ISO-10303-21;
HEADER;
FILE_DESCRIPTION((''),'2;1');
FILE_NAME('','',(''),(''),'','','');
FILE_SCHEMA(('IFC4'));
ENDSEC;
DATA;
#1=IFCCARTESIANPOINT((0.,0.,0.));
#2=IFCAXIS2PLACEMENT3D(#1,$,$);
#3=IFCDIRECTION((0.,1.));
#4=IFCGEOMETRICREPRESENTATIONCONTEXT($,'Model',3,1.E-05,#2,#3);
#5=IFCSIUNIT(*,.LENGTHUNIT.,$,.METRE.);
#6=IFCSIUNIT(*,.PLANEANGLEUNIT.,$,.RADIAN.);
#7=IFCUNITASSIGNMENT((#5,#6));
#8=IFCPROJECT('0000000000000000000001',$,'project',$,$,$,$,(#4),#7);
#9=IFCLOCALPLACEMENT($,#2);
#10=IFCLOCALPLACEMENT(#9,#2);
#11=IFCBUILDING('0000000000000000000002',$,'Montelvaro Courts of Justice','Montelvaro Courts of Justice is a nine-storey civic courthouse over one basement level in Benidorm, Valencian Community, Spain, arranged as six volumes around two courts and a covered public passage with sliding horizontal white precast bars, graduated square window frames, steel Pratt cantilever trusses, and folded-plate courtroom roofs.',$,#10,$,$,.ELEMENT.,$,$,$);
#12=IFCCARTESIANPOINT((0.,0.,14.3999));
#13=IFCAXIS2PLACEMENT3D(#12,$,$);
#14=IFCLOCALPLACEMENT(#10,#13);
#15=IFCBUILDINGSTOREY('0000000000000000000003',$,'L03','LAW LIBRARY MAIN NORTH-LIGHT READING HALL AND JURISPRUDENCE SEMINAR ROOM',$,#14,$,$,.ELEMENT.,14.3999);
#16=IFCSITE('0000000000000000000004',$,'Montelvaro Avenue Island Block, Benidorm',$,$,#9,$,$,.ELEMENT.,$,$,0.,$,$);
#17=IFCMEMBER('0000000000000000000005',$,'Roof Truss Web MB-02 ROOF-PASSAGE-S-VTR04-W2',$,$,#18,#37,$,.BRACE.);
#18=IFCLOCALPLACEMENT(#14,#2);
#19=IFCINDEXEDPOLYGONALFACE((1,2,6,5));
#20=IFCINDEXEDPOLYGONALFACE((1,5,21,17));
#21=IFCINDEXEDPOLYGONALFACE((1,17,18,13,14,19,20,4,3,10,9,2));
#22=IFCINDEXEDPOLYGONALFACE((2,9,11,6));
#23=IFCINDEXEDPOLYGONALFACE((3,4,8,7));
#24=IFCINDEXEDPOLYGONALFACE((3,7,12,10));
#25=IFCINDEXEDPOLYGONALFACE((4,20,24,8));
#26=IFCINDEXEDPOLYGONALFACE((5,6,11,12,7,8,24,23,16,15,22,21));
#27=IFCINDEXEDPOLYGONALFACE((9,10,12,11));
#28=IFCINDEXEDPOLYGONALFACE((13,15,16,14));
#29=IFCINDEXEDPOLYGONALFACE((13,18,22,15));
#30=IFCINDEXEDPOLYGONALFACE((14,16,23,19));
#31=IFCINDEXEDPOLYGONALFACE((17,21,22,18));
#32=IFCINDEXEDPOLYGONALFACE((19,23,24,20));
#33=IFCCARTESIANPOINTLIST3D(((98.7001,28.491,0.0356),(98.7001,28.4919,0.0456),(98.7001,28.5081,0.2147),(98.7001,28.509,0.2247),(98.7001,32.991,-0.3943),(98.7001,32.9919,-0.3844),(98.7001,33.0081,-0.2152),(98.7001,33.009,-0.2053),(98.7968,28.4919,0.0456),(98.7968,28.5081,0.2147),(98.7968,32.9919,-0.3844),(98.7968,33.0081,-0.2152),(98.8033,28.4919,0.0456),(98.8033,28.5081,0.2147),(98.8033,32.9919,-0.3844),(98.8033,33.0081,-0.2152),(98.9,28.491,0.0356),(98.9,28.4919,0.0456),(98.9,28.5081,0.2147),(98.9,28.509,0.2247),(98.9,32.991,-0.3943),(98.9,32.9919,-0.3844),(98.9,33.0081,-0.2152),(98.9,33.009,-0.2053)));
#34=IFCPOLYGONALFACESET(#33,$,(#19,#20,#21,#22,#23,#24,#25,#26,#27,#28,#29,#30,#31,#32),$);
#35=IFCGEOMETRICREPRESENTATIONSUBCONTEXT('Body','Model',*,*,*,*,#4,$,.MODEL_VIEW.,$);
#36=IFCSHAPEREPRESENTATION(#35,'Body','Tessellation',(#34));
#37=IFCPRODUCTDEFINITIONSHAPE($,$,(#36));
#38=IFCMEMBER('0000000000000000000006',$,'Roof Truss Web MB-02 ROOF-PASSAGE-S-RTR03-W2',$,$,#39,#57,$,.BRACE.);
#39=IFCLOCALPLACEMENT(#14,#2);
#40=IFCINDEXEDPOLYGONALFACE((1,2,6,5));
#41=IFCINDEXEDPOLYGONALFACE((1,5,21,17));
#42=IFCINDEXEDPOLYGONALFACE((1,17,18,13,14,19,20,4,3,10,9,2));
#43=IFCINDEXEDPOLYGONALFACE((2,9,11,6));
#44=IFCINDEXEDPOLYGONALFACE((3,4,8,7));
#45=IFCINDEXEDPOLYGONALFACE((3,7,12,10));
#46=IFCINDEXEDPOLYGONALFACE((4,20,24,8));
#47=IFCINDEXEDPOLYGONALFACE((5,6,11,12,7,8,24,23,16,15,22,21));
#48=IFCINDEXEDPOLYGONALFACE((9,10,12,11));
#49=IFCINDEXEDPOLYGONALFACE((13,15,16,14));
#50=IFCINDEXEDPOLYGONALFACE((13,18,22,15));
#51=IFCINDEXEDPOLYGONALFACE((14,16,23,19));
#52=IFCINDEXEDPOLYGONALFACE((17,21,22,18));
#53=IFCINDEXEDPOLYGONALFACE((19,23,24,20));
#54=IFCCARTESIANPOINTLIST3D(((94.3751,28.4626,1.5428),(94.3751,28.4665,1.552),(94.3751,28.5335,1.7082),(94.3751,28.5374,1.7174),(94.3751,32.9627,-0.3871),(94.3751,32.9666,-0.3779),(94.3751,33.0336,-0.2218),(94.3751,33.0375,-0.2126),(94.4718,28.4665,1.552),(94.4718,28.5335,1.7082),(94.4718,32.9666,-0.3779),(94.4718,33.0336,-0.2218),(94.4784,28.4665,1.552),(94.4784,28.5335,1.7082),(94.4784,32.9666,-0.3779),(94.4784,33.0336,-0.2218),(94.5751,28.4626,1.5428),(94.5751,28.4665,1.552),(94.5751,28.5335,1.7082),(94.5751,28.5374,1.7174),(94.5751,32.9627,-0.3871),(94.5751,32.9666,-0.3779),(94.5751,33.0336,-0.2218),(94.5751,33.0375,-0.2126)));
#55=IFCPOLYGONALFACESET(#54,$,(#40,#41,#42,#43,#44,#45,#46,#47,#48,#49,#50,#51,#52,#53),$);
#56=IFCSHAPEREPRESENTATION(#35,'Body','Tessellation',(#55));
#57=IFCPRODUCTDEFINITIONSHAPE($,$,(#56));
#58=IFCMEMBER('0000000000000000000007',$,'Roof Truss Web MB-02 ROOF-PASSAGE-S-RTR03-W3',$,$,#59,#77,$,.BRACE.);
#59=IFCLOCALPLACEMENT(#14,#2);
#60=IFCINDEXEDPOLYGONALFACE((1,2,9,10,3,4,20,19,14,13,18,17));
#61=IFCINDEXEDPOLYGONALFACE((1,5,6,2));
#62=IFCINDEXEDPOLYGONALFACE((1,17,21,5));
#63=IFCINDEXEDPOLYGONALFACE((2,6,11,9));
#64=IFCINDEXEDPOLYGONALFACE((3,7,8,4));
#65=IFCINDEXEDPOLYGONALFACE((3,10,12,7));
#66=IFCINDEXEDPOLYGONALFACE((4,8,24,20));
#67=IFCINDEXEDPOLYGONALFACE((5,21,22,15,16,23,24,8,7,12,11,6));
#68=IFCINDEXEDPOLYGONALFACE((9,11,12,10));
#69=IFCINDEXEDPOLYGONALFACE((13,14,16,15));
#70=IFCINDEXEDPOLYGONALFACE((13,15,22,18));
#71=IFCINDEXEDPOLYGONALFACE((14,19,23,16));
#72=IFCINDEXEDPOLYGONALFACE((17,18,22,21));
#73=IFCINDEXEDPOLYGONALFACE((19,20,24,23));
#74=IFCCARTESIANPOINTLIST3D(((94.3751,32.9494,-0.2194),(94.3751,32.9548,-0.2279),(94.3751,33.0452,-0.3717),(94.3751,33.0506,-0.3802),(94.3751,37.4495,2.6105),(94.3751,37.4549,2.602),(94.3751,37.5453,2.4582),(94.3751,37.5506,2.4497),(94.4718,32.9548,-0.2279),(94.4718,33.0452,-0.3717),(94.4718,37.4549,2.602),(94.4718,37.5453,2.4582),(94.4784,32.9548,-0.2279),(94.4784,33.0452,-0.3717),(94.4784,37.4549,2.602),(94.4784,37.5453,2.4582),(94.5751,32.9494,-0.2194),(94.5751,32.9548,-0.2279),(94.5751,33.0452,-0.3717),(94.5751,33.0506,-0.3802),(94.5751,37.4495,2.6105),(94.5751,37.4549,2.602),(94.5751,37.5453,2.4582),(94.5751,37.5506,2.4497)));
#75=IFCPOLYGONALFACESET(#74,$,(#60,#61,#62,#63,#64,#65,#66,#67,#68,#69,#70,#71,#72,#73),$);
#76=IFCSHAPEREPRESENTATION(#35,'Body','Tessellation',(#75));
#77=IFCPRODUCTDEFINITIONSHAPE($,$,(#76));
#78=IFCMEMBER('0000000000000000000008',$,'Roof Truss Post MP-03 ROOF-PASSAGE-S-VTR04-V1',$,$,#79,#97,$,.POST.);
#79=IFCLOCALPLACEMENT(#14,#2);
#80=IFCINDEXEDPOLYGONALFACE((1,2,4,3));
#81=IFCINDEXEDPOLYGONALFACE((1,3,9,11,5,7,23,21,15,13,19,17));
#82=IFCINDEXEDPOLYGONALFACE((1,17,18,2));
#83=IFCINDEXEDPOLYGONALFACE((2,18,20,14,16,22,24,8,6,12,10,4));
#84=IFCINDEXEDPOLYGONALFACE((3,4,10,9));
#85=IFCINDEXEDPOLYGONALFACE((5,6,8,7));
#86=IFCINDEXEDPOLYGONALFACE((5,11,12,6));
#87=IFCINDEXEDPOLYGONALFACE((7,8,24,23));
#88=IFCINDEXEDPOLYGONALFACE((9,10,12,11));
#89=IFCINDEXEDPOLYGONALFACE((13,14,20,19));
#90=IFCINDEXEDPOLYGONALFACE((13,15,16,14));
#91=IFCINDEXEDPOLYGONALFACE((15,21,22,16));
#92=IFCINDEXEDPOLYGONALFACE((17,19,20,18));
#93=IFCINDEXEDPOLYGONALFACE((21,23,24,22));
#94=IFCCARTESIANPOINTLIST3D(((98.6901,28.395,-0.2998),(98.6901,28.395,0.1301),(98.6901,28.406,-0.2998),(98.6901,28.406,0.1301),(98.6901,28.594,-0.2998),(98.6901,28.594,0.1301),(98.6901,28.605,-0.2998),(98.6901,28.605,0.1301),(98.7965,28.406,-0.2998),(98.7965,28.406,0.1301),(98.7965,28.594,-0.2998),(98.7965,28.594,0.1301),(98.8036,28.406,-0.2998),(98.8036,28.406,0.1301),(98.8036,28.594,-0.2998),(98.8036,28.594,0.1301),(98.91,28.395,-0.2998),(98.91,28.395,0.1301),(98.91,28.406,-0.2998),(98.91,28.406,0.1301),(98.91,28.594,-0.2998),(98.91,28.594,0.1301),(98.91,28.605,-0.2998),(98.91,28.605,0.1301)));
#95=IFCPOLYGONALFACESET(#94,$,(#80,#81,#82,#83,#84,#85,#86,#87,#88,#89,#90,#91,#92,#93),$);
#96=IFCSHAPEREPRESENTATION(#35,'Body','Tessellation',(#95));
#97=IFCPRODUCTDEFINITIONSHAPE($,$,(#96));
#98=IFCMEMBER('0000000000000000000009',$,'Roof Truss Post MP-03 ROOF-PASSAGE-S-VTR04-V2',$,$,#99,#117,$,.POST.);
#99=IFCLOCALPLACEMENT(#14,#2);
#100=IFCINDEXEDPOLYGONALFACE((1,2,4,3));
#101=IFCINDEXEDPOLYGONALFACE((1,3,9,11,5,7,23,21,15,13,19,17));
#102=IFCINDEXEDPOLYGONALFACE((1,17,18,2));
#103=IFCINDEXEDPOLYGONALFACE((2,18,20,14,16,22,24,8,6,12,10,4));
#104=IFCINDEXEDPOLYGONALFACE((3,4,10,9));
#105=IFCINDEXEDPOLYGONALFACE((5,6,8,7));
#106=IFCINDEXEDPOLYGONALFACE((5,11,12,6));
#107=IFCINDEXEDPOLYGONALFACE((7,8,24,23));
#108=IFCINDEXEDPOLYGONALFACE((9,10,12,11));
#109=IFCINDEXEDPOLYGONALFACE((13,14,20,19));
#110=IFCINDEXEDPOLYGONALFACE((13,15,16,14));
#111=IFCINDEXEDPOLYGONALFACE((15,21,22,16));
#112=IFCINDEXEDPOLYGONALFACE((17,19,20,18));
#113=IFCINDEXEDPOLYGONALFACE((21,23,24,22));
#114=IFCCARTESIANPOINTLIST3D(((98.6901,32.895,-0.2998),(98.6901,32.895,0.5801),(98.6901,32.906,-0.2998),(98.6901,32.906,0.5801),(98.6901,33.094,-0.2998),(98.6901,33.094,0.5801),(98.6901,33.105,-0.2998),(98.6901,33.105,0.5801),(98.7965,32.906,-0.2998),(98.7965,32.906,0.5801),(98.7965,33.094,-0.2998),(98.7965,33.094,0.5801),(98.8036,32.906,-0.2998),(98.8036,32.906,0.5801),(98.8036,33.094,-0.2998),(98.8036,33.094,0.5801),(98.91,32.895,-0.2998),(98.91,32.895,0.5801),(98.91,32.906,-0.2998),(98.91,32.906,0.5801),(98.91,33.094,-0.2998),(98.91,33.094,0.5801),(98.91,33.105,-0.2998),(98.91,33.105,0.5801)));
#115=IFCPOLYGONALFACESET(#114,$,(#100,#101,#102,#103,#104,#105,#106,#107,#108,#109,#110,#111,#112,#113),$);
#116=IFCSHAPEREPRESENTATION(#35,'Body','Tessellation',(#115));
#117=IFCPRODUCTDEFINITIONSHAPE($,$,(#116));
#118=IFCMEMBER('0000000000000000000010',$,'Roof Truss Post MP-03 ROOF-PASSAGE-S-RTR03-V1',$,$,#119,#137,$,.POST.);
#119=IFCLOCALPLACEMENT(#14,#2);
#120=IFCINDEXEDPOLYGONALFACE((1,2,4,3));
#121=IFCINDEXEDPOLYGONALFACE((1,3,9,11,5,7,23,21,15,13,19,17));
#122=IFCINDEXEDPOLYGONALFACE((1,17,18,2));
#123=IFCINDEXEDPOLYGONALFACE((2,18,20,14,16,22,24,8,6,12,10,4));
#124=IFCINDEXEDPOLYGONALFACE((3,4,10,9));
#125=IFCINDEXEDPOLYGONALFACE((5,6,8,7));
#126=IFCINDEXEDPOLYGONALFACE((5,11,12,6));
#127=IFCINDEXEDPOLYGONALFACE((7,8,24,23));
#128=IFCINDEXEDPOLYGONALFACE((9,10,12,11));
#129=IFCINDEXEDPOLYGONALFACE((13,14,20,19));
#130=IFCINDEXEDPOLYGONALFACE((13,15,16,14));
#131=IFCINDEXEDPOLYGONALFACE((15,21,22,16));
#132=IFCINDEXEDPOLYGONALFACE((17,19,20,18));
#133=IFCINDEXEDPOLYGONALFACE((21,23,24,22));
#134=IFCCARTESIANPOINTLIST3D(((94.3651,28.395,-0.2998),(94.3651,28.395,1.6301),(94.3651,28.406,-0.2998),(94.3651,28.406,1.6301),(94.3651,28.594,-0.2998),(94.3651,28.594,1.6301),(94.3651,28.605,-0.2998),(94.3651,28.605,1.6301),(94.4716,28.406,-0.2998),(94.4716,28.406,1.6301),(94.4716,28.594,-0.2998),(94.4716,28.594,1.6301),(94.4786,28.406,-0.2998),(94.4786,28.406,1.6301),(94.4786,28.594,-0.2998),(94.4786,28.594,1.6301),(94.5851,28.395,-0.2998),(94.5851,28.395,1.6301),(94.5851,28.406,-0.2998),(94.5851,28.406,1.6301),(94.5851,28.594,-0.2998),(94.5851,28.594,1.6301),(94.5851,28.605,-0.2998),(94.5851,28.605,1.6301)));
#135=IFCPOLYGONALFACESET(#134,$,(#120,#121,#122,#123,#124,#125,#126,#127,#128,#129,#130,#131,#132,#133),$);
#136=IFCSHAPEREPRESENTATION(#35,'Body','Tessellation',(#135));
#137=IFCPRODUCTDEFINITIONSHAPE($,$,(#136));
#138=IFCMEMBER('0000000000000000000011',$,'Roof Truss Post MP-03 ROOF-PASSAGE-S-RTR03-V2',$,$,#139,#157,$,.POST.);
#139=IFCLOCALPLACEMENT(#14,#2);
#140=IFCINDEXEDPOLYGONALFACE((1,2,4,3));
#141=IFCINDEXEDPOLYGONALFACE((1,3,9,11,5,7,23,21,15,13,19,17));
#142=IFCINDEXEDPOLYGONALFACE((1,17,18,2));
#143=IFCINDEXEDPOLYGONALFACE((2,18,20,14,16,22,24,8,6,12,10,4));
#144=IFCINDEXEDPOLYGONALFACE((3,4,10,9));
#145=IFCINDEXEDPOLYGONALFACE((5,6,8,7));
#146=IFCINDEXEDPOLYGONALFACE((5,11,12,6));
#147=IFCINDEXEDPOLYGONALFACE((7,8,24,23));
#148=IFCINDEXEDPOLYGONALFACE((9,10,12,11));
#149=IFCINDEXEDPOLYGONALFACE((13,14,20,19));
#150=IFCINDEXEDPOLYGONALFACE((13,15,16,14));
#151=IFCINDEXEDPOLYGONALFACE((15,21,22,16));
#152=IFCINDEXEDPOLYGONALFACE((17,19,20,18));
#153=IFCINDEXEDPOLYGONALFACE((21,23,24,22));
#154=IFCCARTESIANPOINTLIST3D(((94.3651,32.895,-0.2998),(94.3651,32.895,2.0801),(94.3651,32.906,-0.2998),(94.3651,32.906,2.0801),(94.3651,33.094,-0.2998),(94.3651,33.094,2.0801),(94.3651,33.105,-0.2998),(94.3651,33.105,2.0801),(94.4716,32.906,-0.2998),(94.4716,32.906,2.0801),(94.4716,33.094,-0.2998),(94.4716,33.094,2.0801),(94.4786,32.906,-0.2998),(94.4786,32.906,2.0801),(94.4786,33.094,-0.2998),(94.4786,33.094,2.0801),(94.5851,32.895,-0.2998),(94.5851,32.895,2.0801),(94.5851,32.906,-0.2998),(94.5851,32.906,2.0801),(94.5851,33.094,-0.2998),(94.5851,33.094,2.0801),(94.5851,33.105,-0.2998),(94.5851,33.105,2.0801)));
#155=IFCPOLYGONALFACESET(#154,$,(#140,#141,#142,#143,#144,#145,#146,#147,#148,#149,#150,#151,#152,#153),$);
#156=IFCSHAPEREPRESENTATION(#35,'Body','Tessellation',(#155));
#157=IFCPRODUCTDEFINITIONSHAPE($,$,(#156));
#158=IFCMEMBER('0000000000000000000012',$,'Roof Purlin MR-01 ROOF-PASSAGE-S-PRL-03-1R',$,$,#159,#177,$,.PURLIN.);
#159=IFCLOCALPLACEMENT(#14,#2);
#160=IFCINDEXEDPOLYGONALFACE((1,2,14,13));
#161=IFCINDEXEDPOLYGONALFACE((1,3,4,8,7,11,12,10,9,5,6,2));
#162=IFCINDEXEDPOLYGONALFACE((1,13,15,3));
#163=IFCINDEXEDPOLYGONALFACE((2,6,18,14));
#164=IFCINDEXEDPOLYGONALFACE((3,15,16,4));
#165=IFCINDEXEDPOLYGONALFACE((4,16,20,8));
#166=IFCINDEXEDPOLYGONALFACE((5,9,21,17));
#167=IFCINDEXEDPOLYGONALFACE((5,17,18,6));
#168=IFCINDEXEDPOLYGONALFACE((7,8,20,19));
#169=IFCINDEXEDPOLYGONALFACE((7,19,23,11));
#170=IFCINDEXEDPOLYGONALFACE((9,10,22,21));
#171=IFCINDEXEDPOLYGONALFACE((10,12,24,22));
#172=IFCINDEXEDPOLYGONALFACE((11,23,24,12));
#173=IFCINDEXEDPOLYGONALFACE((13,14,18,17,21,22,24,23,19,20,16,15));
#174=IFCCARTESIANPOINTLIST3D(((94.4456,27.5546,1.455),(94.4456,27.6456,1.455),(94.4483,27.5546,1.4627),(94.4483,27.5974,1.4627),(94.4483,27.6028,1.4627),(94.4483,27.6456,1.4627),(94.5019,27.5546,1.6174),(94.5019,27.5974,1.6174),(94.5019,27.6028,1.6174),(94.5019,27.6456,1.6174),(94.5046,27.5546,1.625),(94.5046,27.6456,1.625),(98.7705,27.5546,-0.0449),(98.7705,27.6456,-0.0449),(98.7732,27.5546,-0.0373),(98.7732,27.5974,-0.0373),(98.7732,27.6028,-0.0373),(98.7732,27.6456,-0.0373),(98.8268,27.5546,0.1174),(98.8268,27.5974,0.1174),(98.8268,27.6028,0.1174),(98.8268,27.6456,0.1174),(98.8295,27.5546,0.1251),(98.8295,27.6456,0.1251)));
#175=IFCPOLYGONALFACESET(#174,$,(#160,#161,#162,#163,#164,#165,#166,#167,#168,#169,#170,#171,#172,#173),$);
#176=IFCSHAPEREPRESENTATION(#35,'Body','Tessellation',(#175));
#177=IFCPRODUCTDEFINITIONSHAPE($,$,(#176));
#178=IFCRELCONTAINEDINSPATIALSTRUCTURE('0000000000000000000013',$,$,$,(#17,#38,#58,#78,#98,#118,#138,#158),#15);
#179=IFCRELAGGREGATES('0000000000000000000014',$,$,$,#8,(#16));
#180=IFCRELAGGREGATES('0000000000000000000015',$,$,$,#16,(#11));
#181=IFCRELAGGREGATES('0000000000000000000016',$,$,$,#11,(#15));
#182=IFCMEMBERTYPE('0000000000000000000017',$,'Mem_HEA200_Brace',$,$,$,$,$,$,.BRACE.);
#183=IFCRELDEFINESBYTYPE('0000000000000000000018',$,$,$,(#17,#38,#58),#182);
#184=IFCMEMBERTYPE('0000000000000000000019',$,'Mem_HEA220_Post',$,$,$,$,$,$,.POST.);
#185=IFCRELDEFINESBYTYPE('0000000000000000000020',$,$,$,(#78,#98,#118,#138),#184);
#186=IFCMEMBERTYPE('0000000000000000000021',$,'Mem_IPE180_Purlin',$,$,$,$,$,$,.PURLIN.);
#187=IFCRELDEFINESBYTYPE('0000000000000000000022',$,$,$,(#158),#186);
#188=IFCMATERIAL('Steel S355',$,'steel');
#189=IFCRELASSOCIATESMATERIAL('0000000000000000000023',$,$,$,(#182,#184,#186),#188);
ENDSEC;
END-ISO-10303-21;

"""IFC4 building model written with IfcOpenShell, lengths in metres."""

from ifc_helpers import new_model, si_unit, direction, frame, origin, origin_2d, place, context, subcontext, project, spatial, i_section, extrude, material, material_profile, profile_set, type_object, element, save


model = new_model("IFC4")

# Units and contexts
model_context = context("Model", 3, precision=1e-05, world=origin(), true_north=direction((0.0, 1.0)))
body_context = subcontext(model_context, "Body", "Model", "MODEL_VIEW")
ifc_project = project(units=[si_unit("LENGTHUNIT", "METRE"), si_unit("PLANEANGLEUNIT", "RADIAN")], contexts=[model_context])

# Site, building, storey
site_placement = place(None, origin())
site = spatial("IfcSite", under=ifc_project, at=site_placement, Name="Montelvaro Avenue Island Block, Benidorm", CompositionType="ELEMENT", RefElevation=0.0)
building_placement = place(site_placement, origin())
building = spatial("IfcBuilding", under=site, at=building_placement, Name="Montelvaro Courts of Justice", Description="Montelvaro Courts of Justice is a nine-storey civic courthouse over one basement level in Benidorm, Valencian Community, Spain, arranged as six volumes around two courts and a covered public passage with sliding horizontal white precast bars, graduated square window frames, steel Pratt cantilever trusses, and folded-plate courtroom roofs.", CompositionType="ELEMENT")
storey_placement = place(building_placement, frame((0.0, 0.0, 14.3999)))
storey = spatial("IfcBuildingStorey", under=building, at=storey_placement, Name="L03", Description="LAW LIBRARY MAIN NORTH-LIGHT READING HALL AND JURISPRUDENCE SEMINAR ROOM", CompositionType="ELEMENT", Elevation=14.3999)

# Members
ifc_material_1 = material(Name="Steel S355", Category="steel")
ifc_material_profile_1 = material_profile(ifc_material_1, i_section(OverallWidth=0.2, OverallDepth=0.1899, WebThickness=0.0066, FlangeThickness=0.01, at=origin_2d()), Name="HEA 200")
ifc_profile_set_1 = profile_set([ifc_material_profile_1], Name="Steel S355")
member_type_1 = type_object("IfcMemberType", Name="Mem_HEA200_Brace", PredefinedType="BRACE", material=ifc_profile_set_1)
member_1_placement = place(storey_placement, frame((98.8, 28.5, 0.1301), z_axis=(0.0, 0.995467, -0.095107), x_axis=(-1.0, 0.0, 0.0)))
element("IfcMember", 1, at=member_1_placement, inside=storey, type_object=member_type_1, Name="Roof Truss Web MB-02 ROOF-PASSAGE-S-VTR04-W2", PredefinedType="BRACE", context=body_context, shape_type="SweptSolid", body=[
    extrude(i_section(OverallWidth=0.2, OverallDepth=0.1899, WebThickness=0.0066, FlangeThickness=0.01, at=origin_2d()), origin(), (0.0, 0.0, 1.0), 4.5205),
])
member_2_placement = place(storey_placement, frame((94.4751, 28.5, 1.6301), z_axis=(0.0, 0.919044, -0.394154), x_axis=(-1.0, 0.0, 0.0)))
element("IfcMember", 2, at=member_2_placement, inside=storey, type_object=member_type_1, Name="Roof Truss Web MB-02 ROOF-PASSAGE-S-RTR03-W2", PredefinedType="BRACE", context=body_context, shape_type="SweptSolid", body=[
    extrude(i_section(OverallWidth=0.2, OverallDepth=0.1899, WebThickness=0.0066, FlangeThickness=0.01, at=origin_2d()), origin(), (0.0, 0.0, 1.0), 4.8965),
])
member_3_placement = place(storey_placement, frame((94.4751, 33.0, -0.2998), z_axis=(0.0, 0.84653, 0.532342), x_axis=(-1.0, 0.0, 0.0)))
element("IfcMember", 3, at=member_3_placement, inside=storey, type_object=member_type_1, Name="Roof Truss Web MB-02 ROOF-PASSAGE-S-RTR03-W3", PredefinedType="BRACE", context=body_context, shape_type="SweptSolid", body=[
    extrude(i_section(OverallWidth=0.2, OverallDepth=0.1899, WebThickness=0.0066, FlangeThickness=0.01, at=origin_2d()), origin(), (0.0, 0.0, 1.0), 5.3159),
])
ifc_material_profile_2 = material_profile(ifc_material_1, i_section(OverallWidth=0.22, OverallDepth=0.21, WebThickness=0.0071, FlangeThickness=0.011, at=origin_2d()), Name="HEA 220")
ifc_profile_set_2 = profile_set([ifc_material_profile_2], Name="Steel S355")
member_type_2 = type_object("IfcMemberType", Name="Mem_HEA220_Post", PredefinedType="POST", material=ifc_profile_set_2)
member_4_placement = place(storey_placement, frame((98.8, 28.5, -0.2998), z_axis=(0.0, 0.0, 1.0), x_axis=(1.0, 0.0, 0.0)))
element("IfcMember", 4, at=member_4_placement, inside=storey, type_object=member_type_2, Name="Roof Truss Post MP-03 ROOF-PASSAGE-S-VTR04-V1", PredefinedType="POST", context=body_context, shape_type="SweptSolid", body=[
    extrude(i_section(OverallWidth=0.22, OverallDepth=0.21, WebThickness=0.0071, FlangeThickness=0.011, at=origin_2d()), origin(), (0.0, 0.0, 1.0), 0.4299),
])
member_5_placement = place(storey_placement, frame((98.8, 33.0, -0.2998), z_axis=(0.0, 0.0, 1.0), x_axis=(1.0, 0.0, 0.0)))
element("IfcMember", 5, at=member_5_placement, inside=storey, type_object=member_type_2, Name="Roof Truss Post MP-03 ROOF-PASSAGE-S-VTR04-V2", PredefinedType="POST", context=body_context, shape_type="SweptSolid", body=[
    extrude(i_section(OverallWidth=0.22, OverallDepth=0.21, WebThickness=0.0071, FlangeThickness=0.011, at=origin_2d()), origin(), (0.0, 0.0, 1.0), 0.8799),
])
member_6_placement = place(storey_placement, frame((94.4751, 28.5, -0.2998), z_axis=(0.0, 0.0, 1.0), x_axis=(1.0, 0.0, 0.0)))
element("IfcMember", 6, at=member_6_placement, inside=storey, type_object=member_type_2, Name="Roof Truss Post MP-03 ROOF-PASSAGE-S-RTR03-V1", PredefinedType="POST", context=body_context, shape_type="SweptSolid", body=[
    extrude(i_section(OverallWidth=0.22, OverallDepth=0.21, WebThickness=0.0071, FlangeThickness=0.011, at=origin_2d()), origin(), (0.0, 0.0, 1.0), 1.9299),
])
member_7_placement = place(storey_placement, frame((94.4751, 33.0, -0.2998), z_axis=(0.0, 0.0, 1.0), x_axis=(1.0, 0.0, 0.0)))
element("IfcMember", 7, at=member_7_placement, inside=storey, type_object=member_type_2, Name="Roof Truss Post MP-03 ROOF-PASSAGE-S-RTR03-V2", PredefinedType="POST", context=body_context, shape_type="SweptSolid", body=[
    extrude(i_section(OverallWidth=0.22, OverallDepth=0.21, WebThickness=0.0071, FlangeThickness=0.011, at=origin_2d()), origin(), (0.0, 0.0, 1.0), 2.3799),
])
ifc_material_profile_3 = material_profile(ifc_material_1, i_section(OverallWidth=0.0911, OverallDepth=0.1799, WebThickness=0.0054, FlangeThickness=0.0081, at=origin_2d()), Name="IPE 180")
ifc_profile_set_3 = profile_set([ifc_material_profile_3], Name="Steel S355")
member_type_3 = type_object("IfcMemberType", Name="Mem_IPE180_Purlin", PredefinedType="PURLIN", material=ifc_profile_set_3)
member_8_placement = place(storey_placement, frame((94.4751, 27.6001, 1.54), z_axis=(0.94479, 0.0, -0.327677), x_axis=(0.0, 1.0, 0.0)))
element("IfcMember", 8, at=member_8_placement, inside=storey, type_object=member_type_3, Name="Roof Purlin MR-01 ROOF-PASSAGE-S-PRL-03-1R", PredefinedType="PURLIN", context=body_context, shape_type="SweptSolid", body=[
    extrude(i_section(OverallWidth=0.0911, OverallDepth=0.1799, WebThickness=0.0054, FlangeThickness=0.0081, at=origin_2d()), origin(), (0.0, 0.0, 1.0), 4.5776),
])

save(model, "model.ifc")
